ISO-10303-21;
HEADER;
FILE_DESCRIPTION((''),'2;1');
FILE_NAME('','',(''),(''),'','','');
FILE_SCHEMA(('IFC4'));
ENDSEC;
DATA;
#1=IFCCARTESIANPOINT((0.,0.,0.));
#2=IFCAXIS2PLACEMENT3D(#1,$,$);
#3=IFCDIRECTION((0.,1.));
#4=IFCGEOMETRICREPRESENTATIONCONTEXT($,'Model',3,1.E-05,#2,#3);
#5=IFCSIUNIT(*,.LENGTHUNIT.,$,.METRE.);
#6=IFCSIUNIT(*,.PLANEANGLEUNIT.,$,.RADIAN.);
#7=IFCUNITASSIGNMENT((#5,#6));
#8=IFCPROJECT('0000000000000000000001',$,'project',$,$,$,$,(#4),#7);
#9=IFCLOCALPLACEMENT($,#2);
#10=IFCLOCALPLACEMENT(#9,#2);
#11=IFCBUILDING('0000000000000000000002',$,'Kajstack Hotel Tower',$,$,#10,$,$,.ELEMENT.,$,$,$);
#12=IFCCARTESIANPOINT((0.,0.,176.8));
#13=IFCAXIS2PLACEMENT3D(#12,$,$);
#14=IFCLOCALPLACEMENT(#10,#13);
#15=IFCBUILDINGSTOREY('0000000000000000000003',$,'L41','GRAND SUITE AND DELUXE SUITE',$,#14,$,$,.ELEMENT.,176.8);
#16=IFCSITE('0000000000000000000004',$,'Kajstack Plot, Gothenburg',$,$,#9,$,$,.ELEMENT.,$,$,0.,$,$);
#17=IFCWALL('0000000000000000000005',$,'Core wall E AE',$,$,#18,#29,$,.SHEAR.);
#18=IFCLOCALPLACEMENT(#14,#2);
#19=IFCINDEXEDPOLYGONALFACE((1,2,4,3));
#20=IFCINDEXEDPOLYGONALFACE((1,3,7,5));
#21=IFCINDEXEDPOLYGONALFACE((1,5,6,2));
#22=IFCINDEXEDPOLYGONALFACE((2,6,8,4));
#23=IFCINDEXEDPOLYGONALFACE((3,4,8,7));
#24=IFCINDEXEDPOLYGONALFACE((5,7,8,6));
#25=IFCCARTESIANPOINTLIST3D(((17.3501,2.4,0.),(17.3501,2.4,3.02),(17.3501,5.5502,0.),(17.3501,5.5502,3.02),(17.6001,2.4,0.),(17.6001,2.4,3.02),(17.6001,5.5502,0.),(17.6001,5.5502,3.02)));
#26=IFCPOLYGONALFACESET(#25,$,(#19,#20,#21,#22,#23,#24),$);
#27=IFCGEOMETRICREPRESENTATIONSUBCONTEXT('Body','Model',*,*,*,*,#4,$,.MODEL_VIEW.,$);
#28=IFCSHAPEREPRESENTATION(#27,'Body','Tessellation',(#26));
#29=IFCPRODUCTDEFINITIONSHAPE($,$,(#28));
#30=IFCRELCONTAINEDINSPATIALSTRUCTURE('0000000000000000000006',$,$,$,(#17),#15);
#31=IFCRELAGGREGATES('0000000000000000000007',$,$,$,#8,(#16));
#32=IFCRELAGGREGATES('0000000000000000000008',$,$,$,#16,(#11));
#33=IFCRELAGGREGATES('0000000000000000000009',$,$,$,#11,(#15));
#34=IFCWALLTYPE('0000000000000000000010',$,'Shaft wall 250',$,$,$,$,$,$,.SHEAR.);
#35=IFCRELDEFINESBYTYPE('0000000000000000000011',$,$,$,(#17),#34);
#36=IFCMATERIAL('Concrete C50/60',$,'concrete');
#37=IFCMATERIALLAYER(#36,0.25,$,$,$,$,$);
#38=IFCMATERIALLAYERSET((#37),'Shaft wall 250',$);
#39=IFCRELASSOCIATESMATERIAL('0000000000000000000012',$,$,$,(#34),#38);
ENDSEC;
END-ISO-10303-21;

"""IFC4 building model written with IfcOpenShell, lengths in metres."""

from ifc_helpers import new_model, si_unit, direction, frame, frame_2d, origin, place, context, subcontext, project, spatial, rectangle, extrude, material, layer, layer_set, type_object, element, save


model = new_model("IFC4")

# Units and contexts
model_context = context("Model", 3, precision=1e-05, world=origin(), true_north=direction((0.0, 1.0)))
body_context = subcontext(model_context, "Body", "Model", "MODEL_VIEW")
ifc_project = project(units=[si_unit("LENGTHUNIT", "METRE"), si_unit("PLANEANGLEUNIT", "RADIAN")], contexts=[model_context])

# Site, building, storey
site_placement = place(None, origin())
site = spatial("IfcSite", under=ifc_project, at=site_placement, Name="Kajstack Plot, Gothenburg", CompositionType="ELEMENT", RefElevation=0.0)
building_placement = place(site_placement, origin())
building = spatial("IfcBuilding", under=site, at=building_placement, Name="Kajstack Hotel Tower", CompositionType="ELEMENT")
storey_placement = place(building_placement, frame((0.0, 0.0, 176.8)))
storey = spatial("IfcBuildingStorey", under=building, at=storey_placement, Name="L41", Description="GRAND SUITE AND DELUXE SUITE", CompositionType="ELEMENT", Elevation=176.8)

# Wall
ifc_material_1 = material(Name="Concrete C50/60", Category="concrete")
ifc_layer_1 = layer(ifc_material_1, 0.25)
ifc_layer_set_1 = layer_set([ifc_layer_1], Name="Shaft wall 250")
wall_type_1 = type_object("IfcWallType", Name="Shaft wall 250", PredefinedType="SHEAR", material=ifc_layer_set_1)
wall_1_placement = place(storey_placement, frame((17.4751, 2.3999, 0.0), z_axis=(0.0, 0.0, 1.0), x_axis=(0.0, 1.0, 0.0)))
element("IfcWall", 1, at=wall_1_placement, inside=storey, type_object=wall_type_1, Name="Core wall E AE", PredefinedType="SHEAR", context=body_context, shape_type="SweptSolid", body=[
    extrude(rectangle(XDim=3.1501, YDim=0.25, at=frame_2d((1.5752, 0.0))), origin(), (0.0, 0.0, 1.0), 3.02),
])

save(model, "model.ifc")
